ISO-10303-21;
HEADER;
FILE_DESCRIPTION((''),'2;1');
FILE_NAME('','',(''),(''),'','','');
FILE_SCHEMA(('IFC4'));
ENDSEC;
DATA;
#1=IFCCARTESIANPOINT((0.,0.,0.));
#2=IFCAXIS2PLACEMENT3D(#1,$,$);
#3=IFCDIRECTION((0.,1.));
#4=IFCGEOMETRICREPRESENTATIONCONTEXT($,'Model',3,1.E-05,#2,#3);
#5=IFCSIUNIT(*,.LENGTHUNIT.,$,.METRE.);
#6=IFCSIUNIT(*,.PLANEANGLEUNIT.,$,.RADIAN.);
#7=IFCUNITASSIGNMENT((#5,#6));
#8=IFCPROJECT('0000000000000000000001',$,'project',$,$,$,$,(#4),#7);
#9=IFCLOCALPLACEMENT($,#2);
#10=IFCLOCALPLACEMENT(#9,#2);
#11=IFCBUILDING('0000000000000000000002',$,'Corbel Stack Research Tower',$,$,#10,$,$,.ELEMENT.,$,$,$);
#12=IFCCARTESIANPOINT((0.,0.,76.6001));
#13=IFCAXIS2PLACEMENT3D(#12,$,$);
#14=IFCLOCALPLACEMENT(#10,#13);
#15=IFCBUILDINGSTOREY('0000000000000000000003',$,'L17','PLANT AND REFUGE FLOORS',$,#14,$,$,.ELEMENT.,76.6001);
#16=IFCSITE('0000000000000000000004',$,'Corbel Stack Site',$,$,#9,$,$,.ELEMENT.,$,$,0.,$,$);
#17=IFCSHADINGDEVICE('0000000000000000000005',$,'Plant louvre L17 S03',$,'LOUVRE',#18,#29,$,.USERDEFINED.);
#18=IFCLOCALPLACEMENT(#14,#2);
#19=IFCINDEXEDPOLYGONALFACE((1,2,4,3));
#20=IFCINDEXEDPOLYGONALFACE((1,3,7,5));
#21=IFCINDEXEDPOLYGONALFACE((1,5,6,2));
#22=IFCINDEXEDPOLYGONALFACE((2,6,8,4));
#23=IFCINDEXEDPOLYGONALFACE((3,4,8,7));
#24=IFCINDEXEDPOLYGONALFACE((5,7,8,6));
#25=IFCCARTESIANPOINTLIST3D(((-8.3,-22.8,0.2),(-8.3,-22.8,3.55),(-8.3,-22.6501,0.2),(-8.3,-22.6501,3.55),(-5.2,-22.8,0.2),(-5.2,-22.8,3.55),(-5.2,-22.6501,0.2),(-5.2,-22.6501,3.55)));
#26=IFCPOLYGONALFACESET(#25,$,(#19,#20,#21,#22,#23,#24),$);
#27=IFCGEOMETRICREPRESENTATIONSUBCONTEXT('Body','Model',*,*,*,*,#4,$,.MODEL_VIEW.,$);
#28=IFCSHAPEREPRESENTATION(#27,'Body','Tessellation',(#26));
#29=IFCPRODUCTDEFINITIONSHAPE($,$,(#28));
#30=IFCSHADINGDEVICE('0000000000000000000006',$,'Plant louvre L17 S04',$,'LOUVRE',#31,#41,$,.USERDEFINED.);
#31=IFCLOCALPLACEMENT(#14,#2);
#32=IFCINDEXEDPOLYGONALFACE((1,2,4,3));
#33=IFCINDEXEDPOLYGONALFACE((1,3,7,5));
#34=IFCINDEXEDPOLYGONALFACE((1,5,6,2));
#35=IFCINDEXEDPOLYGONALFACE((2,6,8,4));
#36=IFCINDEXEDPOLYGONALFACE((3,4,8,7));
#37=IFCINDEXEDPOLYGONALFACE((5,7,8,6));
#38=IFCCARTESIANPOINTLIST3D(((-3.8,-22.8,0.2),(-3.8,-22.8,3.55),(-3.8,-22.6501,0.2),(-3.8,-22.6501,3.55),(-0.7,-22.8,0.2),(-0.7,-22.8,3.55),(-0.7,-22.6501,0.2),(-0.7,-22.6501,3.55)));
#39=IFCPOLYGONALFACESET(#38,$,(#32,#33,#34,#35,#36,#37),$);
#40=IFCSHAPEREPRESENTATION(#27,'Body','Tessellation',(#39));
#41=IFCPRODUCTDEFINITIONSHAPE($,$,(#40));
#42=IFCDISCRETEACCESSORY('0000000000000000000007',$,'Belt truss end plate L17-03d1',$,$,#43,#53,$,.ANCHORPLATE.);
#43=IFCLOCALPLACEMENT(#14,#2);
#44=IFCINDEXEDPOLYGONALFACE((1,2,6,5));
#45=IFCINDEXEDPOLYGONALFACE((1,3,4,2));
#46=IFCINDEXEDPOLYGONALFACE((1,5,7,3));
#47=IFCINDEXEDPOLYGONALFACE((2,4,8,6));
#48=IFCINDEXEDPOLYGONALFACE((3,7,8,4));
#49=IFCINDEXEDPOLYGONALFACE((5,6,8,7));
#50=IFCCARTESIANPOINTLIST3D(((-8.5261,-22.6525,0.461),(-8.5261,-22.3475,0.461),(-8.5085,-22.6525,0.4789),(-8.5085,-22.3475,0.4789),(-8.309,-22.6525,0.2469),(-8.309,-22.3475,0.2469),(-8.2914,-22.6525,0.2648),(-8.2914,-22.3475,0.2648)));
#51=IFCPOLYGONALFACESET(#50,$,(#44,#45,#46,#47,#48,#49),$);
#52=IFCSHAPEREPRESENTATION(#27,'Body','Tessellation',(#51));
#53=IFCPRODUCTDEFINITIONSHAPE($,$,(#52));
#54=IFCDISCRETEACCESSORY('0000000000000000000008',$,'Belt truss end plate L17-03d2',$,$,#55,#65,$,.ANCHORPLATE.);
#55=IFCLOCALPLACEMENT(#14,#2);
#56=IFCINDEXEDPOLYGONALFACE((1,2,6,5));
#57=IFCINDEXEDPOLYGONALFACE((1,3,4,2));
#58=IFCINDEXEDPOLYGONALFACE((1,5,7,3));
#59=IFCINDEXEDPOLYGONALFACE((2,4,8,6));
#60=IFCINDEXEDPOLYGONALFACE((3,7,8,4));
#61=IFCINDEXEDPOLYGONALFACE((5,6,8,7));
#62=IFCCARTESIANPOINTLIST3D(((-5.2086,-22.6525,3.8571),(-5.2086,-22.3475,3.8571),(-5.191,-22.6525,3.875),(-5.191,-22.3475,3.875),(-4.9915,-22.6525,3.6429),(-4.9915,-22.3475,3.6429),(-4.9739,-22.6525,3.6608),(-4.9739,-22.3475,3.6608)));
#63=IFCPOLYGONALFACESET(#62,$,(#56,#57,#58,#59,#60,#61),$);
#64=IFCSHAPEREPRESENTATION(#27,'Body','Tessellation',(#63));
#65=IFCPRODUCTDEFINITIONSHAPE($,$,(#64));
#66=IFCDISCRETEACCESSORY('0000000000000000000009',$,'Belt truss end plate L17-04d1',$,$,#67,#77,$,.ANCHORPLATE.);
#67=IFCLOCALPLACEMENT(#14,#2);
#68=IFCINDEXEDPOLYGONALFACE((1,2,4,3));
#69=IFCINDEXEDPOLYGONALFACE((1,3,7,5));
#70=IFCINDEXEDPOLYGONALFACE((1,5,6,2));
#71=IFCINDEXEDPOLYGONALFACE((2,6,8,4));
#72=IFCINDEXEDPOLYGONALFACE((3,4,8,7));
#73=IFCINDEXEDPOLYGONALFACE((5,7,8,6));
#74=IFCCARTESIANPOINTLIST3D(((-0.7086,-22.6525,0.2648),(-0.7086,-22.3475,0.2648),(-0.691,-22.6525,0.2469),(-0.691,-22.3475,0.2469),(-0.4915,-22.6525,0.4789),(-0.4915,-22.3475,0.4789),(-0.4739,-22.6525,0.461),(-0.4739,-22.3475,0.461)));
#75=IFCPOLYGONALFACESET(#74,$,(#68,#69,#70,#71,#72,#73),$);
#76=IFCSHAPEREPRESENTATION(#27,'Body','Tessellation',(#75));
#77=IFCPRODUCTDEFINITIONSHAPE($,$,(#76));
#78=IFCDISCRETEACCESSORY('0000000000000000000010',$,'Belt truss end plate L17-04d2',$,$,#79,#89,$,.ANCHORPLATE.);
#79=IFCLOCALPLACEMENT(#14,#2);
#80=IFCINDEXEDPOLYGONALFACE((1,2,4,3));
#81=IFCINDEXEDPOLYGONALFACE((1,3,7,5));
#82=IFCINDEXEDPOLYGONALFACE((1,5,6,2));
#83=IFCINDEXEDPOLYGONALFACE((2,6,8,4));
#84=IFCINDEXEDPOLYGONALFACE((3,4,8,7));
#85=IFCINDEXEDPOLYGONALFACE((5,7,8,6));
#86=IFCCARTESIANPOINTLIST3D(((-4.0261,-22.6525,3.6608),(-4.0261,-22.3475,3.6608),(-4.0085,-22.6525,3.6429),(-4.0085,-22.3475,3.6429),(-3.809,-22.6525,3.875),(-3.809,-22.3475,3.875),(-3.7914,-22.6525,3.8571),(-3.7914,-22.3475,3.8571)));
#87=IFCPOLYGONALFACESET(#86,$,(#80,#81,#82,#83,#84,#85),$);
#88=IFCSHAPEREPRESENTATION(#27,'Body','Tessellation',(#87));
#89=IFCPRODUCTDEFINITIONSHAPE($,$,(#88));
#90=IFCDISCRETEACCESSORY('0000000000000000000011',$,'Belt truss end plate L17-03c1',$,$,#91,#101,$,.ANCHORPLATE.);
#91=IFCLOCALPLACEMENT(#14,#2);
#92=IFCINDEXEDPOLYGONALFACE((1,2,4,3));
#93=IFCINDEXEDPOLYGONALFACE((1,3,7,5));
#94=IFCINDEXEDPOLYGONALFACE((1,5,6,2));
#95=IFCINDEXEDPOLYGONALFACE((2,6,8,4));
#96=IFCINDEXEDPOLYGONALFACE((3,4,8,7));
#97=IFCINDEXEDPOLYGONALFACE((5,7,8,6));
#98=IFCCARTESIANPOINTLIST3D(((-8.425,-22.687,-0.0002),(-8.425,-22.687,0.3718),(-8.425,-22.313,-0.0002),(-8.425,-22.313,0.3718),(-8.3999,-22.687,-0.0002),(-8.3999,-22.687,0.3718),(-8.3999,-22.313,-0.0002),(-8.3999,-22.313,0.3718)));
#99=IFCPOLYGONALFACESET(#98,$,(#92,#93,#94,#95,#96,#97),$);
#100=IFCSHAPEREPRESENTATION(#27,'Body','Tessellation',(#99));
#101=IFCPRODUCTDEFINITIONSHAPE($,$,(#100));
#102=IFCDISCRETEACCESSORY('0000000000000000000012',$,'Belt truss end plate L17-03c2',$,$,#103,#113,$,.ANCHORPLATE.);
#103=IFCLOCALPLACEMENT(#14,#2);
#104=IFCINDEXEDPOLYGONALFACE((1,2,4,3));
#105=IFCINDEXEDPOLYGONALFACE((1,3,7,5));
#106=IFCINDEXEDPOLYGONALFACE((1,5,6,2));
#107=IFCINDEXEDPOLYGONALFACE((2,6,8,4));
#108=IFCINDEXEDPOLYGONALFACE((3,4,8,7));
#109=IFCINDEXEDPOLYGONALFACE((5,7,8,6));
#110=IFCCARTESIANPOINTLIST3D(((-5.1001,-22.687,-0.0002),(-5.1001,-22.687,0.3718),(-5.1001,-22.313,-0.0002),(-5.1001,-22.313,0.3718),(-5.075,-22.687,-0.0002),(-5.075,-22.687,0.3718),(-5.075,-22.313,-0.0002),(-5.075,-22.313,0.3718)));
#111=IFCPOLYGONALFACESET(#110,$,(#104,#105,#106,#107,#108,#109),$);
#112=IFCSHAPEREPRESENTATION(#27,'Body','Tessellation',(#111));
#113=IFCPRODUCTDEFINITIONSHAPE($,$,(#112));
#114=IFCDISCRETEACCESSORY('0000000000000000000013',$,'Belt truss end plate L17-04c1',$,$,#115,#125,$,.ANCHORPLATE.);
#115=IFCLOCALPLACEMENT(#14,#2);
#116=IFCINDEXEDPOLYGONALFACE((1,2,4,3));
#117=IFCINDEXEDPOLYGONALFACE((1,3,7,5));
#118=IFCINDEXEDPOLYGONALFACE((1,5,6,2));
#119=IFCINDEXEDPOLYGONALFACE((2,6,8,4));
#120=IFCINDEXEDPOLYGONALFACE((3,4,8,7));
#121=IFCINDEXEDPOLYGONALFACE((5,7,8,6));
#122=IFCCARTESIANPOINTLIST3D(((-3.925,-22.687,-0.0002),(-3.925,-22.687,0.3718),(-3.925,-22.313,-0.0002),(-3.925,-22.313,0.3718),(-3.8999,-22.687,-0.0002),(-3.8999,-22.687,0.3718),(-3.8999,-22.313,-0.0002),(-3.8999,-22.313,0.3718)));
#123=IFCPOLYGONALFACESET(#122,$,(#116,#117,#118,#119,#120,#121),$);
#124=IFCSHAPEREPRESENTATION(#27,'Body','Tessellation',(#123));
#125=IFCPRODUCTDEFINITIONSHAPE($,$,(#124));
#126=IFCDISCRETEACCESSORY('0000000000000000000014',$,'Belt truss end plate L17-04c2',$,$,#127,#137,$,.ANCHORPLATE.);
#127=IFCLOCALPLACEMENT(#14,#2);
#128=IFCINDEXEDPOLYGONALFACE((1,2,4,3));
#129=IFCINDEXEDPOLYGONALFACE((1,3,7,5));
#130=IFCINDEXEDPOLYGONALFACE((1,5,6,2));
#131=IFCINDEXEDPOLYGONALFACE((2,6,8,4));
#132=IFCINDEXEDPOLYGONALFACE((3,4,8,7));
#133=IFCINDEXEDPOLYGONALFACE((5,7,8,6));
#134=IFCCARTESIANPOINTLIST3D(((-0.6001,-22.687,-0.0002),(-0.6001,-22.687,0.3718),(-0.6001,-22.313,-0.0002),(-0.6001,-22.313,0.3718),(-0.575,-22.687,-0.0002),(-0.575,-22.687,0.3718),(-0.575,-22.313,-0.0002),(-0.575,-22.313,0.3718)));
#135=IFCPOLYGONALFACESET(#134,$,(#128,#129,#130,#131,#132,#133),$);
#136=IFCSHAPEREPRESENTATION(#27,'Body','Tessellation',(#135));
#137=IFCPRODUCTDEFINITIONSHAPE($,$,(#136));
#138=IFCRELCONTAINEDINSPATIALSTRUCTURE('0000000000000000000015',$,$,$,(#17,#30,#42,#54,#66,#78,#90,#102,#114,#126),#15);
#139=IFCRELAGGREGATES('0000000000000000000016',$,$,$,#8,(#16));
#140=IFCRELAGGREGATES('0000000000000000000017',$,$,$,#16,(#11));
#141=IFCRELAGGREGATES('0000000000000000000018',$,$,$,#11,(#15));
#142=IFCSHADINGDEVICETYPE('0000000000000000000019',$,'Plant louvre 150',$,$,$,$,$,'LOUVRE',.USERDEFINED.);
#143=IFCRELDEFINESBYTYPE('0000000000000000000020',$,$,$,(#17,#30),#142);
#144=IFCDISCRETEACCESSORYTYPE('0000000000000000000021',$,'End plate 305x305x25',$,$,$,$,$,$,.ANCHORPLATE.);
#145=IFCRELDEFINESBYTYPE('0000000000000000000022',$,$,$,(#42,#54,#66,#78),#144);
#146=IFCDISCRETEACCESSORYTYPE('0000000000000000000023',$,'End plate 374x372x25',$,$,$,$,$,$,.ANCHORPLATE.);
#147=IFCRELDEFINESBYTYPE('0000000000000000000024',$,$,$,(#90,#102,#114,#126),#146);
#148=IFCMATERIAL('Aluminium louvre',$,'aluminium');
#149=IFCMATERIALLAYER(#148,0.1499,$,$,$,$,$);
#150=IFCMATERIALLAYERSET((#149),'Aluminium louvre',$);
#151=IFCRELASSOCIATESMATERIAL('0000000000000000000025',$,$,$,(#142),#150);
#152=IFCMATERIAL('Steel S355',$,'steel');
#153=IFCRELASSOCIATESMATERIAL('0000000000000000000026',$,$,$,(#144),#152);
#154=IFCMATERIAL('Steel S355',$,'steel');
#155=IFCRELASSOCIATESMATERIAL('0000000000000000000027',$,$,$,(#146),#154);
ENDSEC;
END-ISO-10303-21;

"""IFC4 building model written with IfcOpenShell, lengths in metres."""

from ifc_helpers import new_model, si_unit, direction, frame, origin, origin_2d, place, context, subcontext, project, spatial, rectangle, extrude, material, layer, layer_set, material_profile, profile_set, type_object, element, save


model = new_model("IFC4")

# Units and contexts
model_context = context("Model", 3, precision=1e-05, world=origin(), true_north=direction((0.0, 1.0)))
body_context = subcontext(model_context, "Body", "Model", "MODEL_VIEW")
ifc_project = project(units=[si_unit("LENGTHUNIT", "METRE"), si_unit("PLANEANGLEUNIT", "RADIAN")], contexts=[model_context])

# Site, building, storey
site_placement = place(None, origin())
site = spatial("IfcSite", under=ifc_project, at=site_placement, Name="Corbel Stack Site", CompositionType="ELEMENT", RefElevation=0.0)
building_placement = place(site_placement, origin())
building = spatial("IfcBuilding", under=site, at=building_placement, Name="Corbel Stack Research Tower", CompositionType="ELEMENT")
storey_placement = place(building_placement, frame((0.0, 0.0, 76.6001)))
storey = spatial("IfcBuildingStorey", under=building, at=storey_placement, Name="L17", Description="PLANT AND REFUGE FLOORS", CompositionType="ELEMENT", Elevation=76.6001)

# Shading devices
ifc_material_1 = material(Name="Aluminium louvre", Category="aluminium")
ifc_layer_1 = layer(ifc_material_1, 0.1499)
ifc_layer_set_1 = layer_set([ifc_layer_1], Name="Aluminium louvre")
shading_device_type = type_object("IfcShadingDeviceType", Name="Plant louvre 150", ElementType="LOUVRE", PredefinedType="USERDEFINED", material=ifc_layer_set_1)
for number, where, z_axis, x_axis, name in (
    (1, (-6.75, -22.7251, 0.2), (0.0, 0.0, 1.0), (1.0, 0.0, 0.0), "Plant louvre L17 S03"),
    (2, (-2.25, -22.7251, 0.2), (0.0, 0.0, 1.0), (1.0, 0.0, 0.0), "Plant louvre L17 S04"),
):
    element("IfcShadingDevice", number, at=place(storey_placement, frame(where, z_axis=z_axis, x_axis=x_axis)), inside=storey, type_object=shading_device_type, Name=name, ObjectType="LOUVRE", PredefinedType="USERDEFINED", context=body_context, shape_type="SweptSolid", body=[
        extrude(rectangle(XDim=3.1001, YDim=0.1499, at=origin_2d()), origin(), (0.0, 0.0, 1.0), 3.3501),
    ])

# Discrete accessories
ifc_material_2 = material(Name="Steel S355", Category="steel")
ifc_material_profile_1 = material_profile(ifc_material_2, rectangle(XDim=0.3049, YDim=0.3049, at=origin_2d()), Name="End plate 305x305x25")
ifc_profile_set_1 = profile_set([ifc_material_profile_1], Name="Steel S355")
discrete_accessory_type_1 = type_object("IfcDiscreteAccessoryType", Name="End plate 305x305x25", PredefinedType="ANCHORPLATE", material=ifc_profile_set_1)
for number, where, z_axis, x_axis, name in (
    (3, (-8.3999, -22.5, 0.3718), (-0.702213, 0.0, -0.711966), (0.0, -1.0, 0.0), "Belt truss end plate L17-03d1"),
    (4, (-5.1001, -22.5, 3.75), (0.702213, 0.0, 0.711966), (0.0, 1.0, 0.0), "Belt truss end plate L17-03d2"),
    (5, (-0.6001, -22.5, 0.3718), (0.702213, 0.0, -0.711966), (0.0, 1.0, 0.0), "Belt truss end plate L17-04d1"),
    (6, (-3.8999, -22.5, 3.75), (-0.702213, 0.0, 0.711966), (0.0, -1.0, 0.0), "Belt truss end plate L17-04d2"),
):
    element("IfcDiscreteAccessory", number, at=place(storey_placement, frame(where, z_axis=z_axis, x_axis=x_axis)), inside=storey, type_object=discrete_accessory_type_1, Name=name, PredefinedType="ANCHORPLATE", context=body_context, shape_type="SweptSolid", body=[
        extrude(rectangle(XDim=0.3049, YDim=0.3049, at=origin_2d()), origin(), (0.0, 0.0, 1.0), 0.0251),
    ])
ifc_material_3 = material(Name="Steel S355", Category="steel")
ifc_material_profile_2 = material_profile(ifc_material_3, rectangle(XDim=0.374, YDim=0.3721, at=origin_2d()), Name="End plate 374x372x25")
ifc_profile_set_2 = profile_set([ifc_material_profile_2], Name="Steel S355")
discrete_accessory_type_2 = type_object("IfcDiscreteAccessoryType", Name="End plate 374x372x25", PredefinedType="ANCHORPLATE", material=ifc_profile_set_2)
for number, where, z_axis, x_axis, name in (
    (7, (-8.3999, -22.5, 0.1858), (-1.0, 0.0, 0.0), (0.0, -1.0, 0.0), "Belt truss end plate L17-03c1"),
    (8, (-5.1001, -22.5, 0.1858), (1.0, 0.0, 0.0), (0.0, 1.0, 0.0), "Belt truss end plate L17-03c2"),
    (9, (-3.8999, -22.5, 0.1858), (-1.0, 0.0, 0.0), (0.0, -1.0, 0.0), "Belt truss end plate L17-04c1"),
    (10, (-0.6001, -22.5, 0.1858), (1.0, 0.0, 0.0), (0.0, 1.0, 0.0), "Belt truss end plate L17-04c2"),
):
    element("IfcDiscreteAccessory", number, at=place(storey_placement, frame(where, z_axis=z_axis, x_axis=x_axis)), inside=storey, type_object=discrete_accessory_type_2, Name=name, PredefinedType="ANCHORPLATE", context=body_context, shape_type="SweptSolid", body=[
        extrude(rectangle(XDim=0.374, YDim=0.3721, at=origin_2d()), origin(), (0.0, 0.0, 1.0), 0.0251),
    ])

save(model, "model.ifc")
